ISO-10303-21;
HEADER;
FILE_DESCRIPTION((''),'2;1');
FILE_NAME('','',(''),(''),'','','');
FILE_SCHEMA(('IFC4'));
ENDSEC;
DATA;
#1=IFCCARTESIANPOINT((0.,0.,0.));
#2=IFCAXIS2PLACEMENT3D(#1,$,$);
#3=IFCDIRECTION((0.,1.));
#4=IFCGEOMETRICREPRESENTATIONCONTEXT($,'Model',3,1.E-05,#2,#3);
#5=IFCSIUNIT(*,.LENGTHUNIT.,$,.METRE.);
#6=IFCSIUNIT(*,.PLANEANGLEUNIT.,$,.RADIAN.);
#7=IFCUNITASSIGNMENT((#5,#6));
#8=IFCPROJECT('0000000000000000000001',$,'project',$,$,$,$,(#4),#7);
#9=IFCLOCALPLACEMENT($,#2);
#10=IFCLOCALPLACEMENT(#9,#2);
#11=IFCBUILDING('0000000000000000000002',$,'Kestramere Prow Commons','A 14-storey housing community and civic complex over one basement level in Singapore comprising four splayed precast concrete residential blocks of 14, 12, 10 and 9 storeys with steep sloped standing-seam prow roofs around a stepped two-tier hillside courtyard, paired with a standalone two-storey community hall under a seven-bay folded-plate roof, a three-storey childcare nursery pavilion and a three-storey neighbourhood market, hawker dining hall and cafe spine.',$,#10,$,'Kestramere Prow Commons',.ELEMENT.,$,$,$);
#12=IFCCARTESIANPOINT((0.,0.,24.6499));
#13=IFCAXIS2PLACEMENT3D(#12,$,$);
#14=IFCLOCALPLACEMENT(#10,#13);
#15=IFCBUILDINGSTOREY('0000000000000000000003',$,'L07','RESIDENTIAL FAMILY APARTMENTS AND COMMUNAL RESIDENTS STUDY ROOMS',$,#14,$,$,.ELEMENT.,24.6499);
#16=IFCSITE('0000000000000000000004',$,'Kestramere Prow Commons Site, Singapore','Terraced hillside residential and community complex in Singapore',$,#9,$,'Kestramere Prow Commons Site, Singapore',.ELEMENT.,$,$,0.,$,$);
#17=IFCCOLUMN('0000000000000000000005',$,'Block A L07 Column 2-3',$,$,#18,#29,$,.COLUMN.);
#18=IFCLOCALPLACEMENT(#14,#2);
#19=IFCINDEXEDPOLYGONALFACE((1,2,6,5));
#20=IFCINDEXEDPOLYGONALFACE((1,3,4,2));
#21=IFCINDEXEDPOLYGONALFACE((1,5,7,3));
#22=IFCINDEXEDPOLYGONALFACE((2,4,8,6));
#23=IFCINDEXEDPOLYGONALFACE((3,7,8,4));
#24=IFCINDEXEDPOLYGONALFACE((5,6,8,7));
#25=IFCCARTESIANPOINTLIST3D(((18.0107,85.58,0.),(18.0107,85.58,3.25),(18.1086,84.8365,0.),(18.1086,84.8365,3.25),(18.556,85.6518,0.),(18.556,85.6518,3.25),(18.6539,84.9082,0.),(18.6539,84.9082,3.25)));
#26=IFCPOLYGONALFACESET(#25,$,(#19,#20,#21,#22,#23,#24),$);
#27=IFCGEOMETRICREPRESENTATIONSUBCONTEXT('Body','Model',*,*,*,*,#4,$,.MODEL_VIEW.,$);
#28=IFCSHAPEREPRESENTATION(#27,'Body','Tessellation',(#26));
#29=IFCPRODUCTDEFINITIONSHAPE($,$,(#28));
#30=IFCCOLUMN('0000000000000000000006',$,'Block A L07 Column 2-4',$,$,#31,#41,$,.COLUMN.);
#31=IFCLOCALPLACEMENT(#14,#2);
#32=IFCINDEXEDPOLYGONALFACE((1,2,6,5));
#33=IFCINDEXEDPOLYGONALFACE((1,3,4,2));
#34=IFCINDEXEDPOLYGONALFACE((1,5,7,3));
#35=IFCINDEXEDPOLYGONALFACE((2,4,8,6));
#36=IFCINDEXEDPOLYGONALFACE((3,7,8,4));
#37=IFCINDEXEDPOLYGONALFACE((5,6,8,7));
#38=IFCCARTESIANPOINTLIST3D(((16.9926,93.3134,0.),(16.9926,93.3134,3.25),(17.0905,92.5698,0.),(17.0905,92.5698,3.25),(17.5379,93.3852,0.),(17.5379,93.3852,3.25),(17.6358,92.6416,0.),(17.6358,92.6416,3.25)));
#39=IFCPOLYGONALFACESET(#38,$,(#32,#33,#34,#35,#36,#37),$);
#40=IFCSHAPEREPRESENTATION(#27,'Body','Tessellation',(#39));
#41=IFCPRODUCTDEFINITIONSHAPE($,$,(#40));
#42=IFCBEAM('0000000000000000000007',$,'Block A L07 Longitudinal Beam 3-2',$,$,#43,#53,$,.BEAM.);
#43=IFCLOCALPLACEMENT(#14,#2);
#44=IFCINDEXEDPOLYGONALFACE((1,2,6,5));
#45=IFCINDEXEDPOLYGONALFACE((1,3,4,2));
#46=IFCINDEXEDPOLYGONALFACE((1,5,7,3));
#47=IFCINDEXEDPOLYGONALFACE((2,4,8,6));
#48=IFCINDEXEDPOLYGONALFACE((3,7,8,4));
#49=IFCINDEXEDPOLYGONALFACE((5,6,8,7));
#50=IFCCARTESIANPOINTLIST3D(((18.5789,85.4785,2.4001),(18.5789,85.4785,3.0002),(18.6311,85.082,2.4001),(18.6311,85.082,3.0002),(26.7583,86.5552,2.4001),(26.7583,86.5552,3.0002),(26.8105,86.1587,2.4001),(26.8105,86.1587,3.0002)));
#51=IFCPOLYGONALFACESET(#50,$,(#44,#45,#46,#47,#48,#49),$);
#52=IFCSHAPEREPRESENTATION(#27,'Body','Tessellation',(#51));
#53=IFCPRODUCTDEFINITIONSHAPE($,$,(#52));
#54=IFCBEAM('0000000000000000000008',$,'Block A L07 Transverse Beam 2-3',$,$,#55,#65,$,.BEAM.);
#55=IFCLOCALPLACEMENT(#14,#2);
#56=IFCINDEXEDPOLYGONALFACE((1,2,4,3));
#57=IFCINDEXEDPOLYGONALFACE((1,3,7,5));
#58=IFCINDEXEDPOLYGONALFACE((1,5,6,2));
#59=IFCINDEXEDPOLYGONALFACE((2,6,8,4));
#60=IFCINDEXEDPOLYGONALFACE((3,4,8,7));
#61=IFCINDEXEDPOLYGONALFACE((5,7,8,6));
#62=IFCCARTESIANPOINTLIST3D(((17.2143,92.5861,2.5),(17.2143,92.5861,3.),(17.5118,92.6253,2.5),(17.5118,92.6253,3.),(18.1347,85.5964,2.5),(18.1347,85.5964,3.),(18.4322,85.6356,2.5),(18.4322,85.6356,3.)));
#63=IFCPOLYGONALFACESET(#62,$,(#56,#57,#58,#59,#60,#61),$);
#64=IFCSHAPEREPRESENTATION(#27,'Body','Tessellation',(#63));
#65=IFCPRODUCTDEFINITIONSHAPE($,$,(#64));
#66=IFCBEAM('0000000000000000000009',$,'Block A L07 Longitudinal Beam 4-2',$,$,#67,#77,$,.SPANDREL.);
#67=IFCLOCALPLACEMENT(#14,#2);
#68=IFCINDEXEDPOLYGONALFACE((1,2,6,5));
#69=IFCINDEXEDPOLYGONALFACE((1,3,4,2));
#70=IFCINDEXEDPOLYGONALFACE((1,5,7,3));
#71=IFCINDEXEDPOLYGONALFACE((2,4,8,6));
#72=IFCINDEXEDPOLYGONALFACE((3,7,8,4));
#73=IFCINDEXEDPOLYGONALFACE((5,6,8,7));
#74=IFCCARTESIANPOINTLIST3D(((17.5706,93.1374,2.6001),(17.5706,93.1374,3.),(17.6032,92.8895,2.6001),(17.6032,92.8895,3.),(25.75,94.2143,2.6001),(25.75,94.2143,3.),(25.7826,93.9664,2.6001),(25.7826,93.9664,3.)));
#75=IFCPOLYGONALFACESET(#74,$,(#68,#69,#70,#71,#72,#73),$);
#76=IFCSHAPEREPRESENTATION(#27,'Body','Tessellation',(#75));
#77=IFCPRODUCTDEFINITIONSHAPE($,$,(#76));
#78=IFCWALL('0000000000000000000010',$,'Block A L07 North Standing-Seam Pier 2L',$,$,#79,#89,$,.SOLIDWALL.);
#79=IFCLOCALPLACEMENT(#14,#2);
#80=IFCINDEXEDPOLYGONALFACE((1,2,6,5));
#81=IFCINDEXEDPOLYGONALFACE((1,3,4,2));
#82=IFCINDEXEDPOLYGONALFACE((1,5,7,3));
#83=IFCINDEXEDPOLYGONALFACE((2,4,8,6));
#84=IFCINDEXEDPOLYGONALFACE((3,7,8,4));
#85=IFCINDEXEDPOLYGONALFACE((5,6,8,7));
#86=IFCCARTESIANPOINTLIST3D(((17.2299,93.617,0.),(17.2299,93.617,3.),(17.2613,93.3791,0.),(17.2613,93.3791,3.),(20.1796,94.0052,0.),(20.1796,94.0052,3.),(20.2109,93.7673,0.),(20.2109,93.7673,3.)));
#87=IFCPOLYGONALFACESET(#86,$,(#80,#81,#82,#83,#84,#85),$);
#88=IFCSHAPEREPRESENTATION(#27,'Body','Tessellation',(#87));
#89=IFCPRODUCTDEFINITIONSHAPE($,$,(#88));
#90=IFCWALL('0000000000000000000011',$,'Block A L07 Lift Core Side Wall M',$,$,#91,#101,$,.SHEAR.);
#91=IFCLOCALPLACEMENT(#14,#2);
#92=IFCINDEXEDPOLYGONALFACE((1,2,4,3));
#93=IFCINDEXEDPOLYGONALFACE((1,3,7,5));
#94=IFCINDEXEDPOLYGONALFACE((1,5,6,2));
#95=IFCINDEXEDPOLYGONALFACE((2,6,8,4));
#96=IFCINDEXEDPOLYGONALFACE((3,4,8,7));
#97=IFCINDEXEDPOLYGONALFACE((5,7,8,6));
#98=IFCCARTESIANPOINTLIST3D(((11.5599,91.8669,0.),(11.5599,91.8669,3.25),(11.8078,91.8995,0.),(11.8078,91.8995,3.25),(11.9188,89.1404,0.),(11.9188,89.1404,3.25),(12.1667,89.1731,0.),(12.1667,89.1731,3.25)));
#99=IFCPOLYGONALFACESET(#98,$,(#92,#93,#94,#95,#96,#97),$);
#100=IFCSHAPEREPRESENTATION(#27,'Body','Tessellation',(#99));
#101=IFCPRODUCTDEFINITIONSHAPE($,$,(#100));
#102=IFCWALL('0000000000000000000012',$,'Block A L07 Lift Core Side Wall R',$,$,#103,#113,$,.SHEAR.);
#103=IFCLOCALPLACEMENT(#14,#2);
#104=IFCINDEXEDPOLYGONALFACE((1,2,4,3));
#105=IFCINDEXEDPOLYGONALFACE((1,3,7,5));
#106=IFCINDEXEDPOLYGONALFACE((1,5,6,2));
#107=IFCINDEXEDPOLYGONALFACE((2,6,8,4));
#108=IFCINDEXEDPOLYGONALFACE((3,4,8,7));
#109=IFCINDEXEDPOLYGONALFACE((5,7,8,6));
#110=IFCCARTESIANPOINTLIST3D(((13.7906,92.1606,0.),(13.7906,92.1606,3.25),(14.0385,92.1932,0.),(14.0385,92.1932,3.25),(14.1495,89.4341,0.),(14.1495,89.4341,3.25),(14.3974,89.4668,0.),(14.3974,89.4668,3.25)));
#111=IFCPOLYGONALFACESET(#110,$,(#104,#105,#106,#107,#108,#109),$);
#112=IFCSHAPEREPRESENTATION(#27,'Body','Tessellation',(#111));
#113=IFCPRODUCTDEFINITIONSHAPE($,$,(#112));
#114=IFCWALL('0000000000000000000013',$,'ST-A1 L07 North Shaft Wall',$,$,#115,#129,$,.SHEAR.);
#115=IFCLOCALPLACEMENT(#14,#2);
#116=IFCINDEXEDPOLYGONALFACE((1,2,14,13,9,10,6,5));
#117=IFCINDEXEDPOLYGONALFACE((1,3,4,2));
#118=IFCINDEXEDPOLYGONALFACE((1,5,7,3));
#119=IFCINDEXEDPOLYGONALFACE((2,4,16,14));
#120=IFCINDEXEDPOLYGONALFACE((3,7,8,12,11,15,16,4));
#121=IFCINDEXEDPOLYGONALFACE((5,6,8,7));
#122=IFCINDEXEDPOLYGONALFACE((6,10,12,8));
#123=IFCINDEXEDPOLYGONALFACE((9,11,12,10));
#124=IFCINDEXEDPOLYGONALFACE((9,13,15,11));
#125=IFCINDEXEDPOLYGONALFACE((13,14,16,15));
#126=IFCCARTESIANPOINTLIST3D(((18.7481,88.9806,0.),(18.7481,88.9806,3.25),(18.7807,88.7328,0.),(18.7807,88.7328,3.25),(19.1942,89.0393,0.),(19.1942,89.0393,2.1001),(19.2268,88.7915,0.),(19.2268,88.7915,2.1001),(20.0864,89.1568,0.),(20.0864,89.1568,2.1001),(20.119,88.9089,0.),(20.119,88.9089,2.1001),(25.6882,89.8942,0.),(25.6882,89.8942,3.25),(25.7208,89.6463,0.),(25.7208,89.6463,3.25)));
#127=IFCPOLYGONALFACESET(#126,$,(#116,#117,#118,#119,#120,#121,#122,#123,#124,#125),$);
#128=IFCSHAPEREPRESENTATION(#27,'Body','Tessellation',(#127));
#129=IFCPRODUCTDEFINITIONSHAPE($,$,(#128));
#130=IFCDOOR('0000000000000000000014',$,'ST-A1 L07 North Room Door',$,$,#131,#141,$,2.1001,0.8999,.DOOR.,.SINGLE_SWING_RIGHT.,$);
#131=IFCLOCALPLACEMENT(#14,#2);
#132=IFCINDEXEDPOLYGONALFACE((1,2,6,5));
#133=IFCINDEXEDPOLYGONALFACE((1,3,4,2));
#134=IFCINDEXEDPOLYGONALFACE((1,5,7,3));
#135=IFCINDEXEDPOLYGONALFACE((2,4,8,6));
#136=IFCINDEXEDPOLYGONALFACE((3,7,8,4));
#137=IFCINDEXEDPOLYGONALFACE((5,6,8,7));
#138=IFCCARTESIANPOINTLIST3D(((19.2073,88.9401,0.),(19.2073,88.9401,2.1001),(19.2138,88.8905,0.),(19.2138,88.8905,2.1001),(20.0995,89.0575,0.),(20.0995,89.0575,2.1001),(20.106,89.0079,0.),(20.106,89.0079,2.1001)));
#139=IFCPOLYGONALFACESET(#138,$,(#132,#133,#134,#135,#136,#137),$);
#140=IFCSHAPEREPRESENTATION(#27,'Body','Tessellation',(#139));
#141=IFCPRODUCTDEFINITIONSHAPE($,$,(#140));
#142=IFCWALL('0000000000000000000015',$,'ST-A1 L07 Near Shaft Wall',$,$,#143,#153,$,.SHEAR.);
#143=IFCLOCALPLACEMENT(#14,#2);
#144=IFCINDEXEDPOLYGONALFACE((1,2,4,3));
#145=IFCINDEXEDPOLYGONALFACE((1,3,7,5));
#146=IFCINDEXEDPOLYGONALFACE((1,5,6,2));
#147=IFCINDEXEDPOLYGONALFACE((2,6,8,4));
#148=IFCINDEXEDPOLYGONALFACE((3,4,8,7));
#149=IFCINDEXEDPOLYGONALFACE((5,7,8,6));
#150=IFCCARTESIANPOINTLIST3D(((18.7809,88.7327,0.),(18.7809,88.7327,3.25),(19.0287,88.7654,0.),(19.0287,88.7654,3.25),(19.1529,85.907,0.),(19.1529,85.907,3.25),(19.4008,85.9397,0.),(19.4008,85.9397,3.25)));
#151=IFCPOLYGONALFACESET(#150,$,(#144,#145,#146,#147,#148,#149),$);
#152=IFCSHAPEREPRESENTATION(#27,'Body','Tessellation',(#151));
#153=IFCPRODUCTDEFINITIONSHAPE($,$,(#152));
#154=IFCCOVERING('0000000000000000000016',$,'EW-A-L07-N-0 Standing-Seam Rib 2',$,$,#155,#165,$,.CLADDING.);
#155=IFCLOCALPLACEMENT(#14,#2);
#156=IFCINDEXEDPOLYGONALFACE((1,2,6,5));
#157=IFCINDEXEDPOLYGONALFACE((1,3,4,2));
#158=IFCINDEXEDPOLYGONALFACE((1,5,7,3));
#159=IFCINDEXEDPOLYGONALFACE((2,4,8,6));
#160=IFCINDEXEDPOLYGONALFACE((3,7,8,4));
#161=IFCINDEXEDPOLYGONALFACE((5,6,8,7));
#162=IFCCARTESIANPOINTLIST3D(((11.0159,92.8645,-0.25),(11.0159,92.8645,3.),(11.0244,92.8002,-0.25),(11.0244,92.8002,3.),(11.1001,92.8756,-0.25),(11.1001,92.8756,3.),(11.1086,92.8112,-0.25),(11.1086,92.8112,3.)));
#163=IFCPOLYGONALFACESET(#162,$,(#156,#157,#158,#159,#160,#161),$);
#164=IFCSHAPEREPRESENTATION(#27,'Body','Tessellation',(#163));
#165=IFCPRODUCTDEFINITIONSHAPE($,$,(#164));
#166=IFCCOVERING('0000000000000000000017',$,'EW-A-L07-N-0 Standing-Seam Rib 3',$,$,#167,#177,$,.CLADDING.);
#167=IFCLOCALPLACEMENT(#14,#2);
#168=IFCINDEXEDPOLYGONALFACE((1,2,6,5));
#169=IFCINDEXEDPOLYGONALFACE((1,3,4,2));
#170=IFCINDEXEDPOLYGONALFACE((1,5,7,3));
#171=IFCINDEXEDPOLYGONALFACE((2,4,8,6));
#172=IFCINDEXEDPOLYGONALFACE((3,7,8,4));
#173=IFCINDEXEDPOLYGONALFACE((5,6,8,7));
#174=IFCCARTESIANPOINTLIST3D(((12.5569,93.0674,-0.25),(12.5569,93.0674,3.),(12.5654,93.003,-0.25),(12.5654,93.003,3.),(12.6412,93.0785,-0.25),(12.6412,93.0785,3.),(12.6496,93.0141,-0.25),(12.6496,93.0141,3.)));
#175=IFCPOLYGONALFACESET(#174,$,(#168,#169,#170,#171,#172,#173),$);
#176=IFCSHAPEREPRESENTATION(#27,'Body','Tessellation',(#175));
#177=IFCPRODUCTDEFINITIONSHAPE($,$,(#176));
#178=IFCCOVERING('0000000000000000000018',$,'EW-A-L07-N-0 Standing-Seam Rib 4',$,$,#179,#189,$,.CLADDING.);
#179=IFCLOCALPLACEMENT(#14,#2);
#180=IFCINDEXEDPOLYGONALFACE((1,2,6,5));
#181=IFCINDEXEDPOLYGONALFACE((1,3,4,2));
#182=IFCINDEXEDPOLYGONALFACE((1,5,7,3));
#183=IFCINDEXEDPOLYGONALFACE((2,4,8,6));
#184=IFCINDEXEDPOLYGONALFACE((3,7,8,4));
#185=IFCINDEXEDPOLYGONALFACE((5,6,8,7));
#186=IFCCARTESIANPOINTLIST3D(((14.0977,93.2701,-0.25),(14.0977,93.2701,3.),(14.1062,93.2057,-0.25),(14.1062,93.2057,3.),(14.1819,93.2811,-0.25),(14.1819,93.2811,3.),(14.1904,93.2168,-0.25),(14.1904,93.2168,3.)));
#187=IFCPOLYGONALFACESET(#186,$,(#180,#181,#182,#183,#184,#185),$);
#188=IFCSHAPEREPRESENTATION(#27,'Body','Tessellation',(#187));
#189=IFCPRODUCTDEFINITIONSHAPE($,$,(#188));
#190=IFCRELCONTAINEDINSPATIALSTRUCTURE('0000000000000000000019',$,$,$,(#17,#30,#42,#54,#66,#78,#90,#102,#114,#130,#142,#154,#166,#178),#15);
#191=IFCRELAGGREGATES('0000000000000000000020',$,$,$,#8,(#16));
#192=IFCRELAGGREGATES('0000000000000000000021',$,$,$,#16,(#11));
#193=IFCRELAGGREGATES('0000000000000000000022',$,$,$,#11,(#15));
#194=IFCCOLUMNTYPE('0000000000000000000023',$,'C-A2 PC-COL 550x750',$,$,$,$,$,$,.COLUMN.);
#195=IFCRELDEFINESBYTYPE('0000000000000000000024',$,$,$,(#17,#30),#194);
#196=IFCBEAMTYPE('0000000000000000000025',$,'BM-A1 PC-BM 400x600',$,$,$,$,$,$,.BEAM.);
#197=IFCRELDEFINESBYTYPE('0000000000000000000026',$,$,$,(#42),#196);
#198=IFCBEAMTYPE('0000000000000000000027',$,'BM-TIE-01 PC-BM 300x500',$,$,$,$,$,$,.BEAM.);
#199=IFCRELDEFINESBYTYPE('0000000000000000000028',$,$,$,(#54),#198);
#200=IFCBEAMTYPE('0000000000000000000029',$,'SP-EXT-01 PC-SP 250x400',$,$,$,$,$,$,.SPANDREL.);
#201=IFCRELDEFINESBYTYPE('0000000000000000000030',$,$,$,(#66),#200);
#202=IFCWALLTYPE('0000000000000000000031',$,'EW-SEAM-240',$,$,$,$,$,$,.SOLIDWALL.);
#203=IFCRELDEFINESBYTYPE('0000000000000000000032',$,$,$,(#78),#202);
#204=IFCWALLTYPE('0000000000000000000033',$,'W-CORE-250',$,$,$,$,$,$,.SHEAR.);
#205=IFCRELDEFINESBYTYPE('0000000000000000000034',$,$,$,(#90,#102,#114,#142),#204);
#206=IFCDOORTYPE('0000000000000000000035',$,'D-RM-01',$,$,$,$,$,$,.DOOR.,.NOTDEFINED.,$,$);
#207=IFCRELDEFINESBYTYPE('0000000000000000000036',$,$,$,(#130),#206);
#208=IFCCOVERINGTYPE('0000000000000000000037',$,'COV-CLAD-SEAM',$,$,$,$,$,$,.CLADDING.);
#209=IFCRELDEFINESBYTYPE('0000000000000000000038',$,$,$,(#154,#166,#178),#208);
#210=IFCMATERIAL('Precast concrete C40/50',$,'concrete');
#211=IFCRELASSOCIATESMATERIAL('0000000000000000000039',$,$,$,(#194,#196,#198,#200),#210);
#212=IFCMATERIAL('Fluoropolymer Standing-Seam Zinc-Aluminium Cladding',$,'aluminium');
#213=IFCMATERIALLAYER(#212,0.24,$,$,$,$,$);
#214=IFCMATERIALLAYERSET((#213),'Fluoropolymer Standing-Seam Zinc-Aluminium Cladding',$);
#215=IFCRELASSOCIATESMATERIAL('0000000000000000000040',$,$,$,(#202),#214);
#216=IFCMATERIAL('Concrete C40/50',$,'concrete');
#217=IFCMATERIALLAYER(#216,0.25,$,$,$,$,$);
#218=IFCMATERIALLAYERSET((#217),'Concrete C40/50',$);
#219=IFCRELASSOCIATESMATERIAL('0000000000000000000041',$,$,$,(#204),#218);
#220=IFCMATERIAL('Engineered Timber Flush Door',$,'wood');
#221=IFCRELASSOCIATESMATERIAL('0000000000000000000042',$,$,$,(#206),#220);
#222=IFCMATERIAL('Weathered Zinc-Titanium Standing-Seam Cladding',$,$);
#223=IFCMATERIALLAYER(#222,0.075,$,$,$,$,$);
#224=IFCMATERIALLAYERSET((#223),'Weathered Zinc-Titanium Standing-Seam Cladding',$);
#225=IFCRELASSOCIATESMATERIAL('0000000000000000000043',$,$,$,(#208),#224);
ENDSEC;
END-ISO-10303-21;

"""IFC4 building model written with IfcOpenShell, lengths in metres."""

from ifc_helpers import new_model, si_unit, direction, frame, frame_2d, origin, origin_2d, place, context, subcontext, project, spatial, rectangle, extrude, material, layer, layer_set, material_profile, profile_set, type_object, element, fill, save


model = new_model("IFC4")

# Units and contexts
model_context = context("Model", 3, precision=1e-05, world=origin(), true_north=direction((0.0, 1.0)))
body_context = subcontext(model_context, "Body", "Model", "MODEL_VIEW")
ifc_project = project(units=[si_unit("LENGTHUNIT", "METRE"), si_unit("PLANEANGLEUNIT", "RADIAN")], contexts=[model_context])

# Site, building, storey
site_placement = place(None, origin())
site = spatial("IfcSite", under=ifc_project, at=site_placement, Name="Kestramere Prow Commons Site, Singapore", Description="Terraced hillside residential and community complex in Singapore", LongName="Kestramere Prow Commons Site, Singapore", CompositionType="ELEMENT", RefElevation=0.0)
building_placement = place(site_placement, origin())
building = spatial("IfcBuilding", under=site, at=building_placement, Name="Kestramere Prow Commons", Description="A 14-storey housing community and civic complex over one basement level in Singapore comprising four splayed precast concrete residential blocks of 14, 12, 10 and 9 storeys with steep sloped standing-seam prow roofs around a stepped two-tier hillside courtyard, paired with a standalone two-storey community hall under a seven-bay folded-plate roof, a three-storey childcare nursery pavilion and a three-storey neighbourhood market, hawker dining hall and cafe spine.", LongName="Kestramere Prow Commons", CompositionType="ELEMENT")
storey_placement = place(building_placement, frame((0.0, 0.0, 24.6499)))
storey = spatial("IfcBuildingStorey", under=building, at=storey_placement, Name="L07", Description="RESIDENTIAL FAMILY APARTMENTS AND COMMUNAL RESIDENTS STUDY ROOMS", CompositionType="ELEMENT", Elevation=24.6499)

# Columns
ifc_material_1 = material(Name="Precast concrete C40/50", Category="concrete")
ifc_material_profile_1 = material_profile(ifc_material_1, rectangle(XDim=0.55, YDim=0.75, at=origin_2d()), Name="PC-COL 550x750")
ifc_profile_set_1 = profile_set([ifc_material_profile_1], Name="Precast concrete C40/50")
column_type = type_object("IfcColumnType", Name="C-A2 PC-COL 550x750", PredefinedType="COLUMN", material=ifc_profile_set_1)
for number, where, z_axis, x_axis, name in (
    (1, (18.3323, 85.2441, 0.0), (0.0, 0.0, 1.0), (0.991445, 0.130526, 0.0), "Block A L07 Column 2-3"),
    (2, (17.3142, 92.9775, 0.0), (0.0, 0.0, 1.0), (0.991445, 0.130526, 0.0), "Block A L07 Column 2-4"),
):
    element("IfcColumn", number, at=place(storey_placement, frame(where, z_axis=z_axis, x_axis=x_axis)), inside=storey, type_object=column_type, Name=name, PredefinedType="COLUMN", context=body_context, shape_type="SweptSolid", body=[
        extrude(rectangle(XDim=0.55, YDim=0.75, at=origin_2d()), origin(), (0.0, 0.0, 1.0), 3.25),
    ])

# Beams
ifc_material_profile_2 = material_profile(ifc_material_1, rectangle(XDim=0.3999, YDim=0.6001, at=origin_2d()), Name="PC-BM 400x600")
ifc_profile_set_2 = profile_set([ifc_material_profile_2], Name="Precast concrete C40/50")
beam_type_1 = type_object("IfcBeamType", Name="BM-A1 PC-BM 400x600", PredefinedType="BEAM", material=ifc_profile_set_2)
beam_1_placement = place(storey_placement, frame((18.605, 85.2803, 2.7002), z_axis=(0.991448, 0.130504, 0.0), x_axis=(-0.130504, 0.991448, 0.0)))
element("IfcBeam", 3, at=beam_1_placement, inside=storey, type_object=beam_type_1, Name="Block A L07 Longitudinal Beam 3-2", PredefinedType="BEAM", context=body_context, shape_type="SweptSolid", body=[
    extrude(rectangle(XDim=0.3999, YDim=0.6001, at=origin_2d()), origin(), (0.0, 0.0, 1.0), 8.25),
])
ifc_material_profile_3 = material_profile(ifc_material_1, rectangle(XDim=0.3, YDim=0.5, at=origin_2d()), Name="PC-BM 300x500")
ifc_profile_set_3 = profile_set([ifc_material_profile_3], Name="Precast concrete C40/50")
beam_type_2 = type_object("IfcBeamType", Name="BM-TIE-01 PC-BM 300x500", PredefinedType="BEAM", material=ifc_profile_set_3)
beam_2_placement = place(storey_placement, frame((18.2834, 85.616, 2.75), z_axis=(-0.130553, 0.991441, 0.0), x_axis=(-0.991441, -0.130553, 0.0)))
element("IfcBeam", 4, at=beam_2_placement, inside=storey, type_object=beam_type_2, Name="Block A L07 Transverse Beam 2-3", PredefinedType="BEAM", context=body_context, shape_type="SweptSolid", body=[
    extrude(rectangle(XDim=0.3, YDim=0.5, at=origin_2d()), origin(), (0.0, 0.0, 1.0), 7.05),
])
ifc_material_profile_4 = material_profile(ifc_material_1, rectangle(XDim=0.25, YDim=0.3999, at=origin_2d()), Name="PC-SP 250x400")
ifc_profile_set_4 = profile_set([ifc_material_profile_4], Name="Precast concrete C40/50")
beam_type_3 = type_object("IfcBeamType", Name="SP-EXT-01 PC-SP 250x400", PredefinedType="SPANDREL", material=ifc_profile_set_4)
beam_3_placement = place(storey_placement, frame((17.5869, 93.0134, 2.8), z_axis=(0.991444, 0.130533, 0.0), x_axis=(-0.130533, 0.991444, 0.0)))
element("IfcBeam", 5, at=beam_3_placement, inside=storey, type_object=beam_type_3, Name="Block A L07 Longitudinal Beam 4-2", PredefinedType="SPANDREL", context=body_context, shape_type="SweptSolid", body=[
    extrude(rectangle(XDim=0.25, YDim=0.3999, at=origin_2d()), origin(), (0.0, 0.0, 1.0), 8.25),
])

# Wall
ifc_material_2 = material(Name="Fluoropolymer Standing-Seam Zinc-Aluminium Cladding", Category="aluminium")
ifc_layer_1 = layer(ifc_material_2, 0.24)
ifc_layer_set_1 = layer_set([ifc_layer_1], Name="Fluoropolymer Standing-Seam Zinc-Aluminium Cladding")
wall_type_1 = type_object("IfcWallType", Name="EW-SEAM-240", PredefinedType="SOLIDWALL", material=ifc_layer_set_1)
wall_1_placement = place(storey_placement, frame((17.2456, 93.498, 0.0), z_axis=(0.0, 0.0, 1.0), x_axis=(0.991452, 0.130476, 0.0)))
element("IfcWall", 6, at=wall_1_placement, inside=storey, type_object=wall_type_1, Name="Block A L07 North Standing-Seam Pier 2L", PredefinedType="SOLIDWALL", context=body_context, shape_type="SweptSolid", body=[
    extrude(rectangle(XDim=2.9751, YDim=0.24, at=frame_2d((1.4875, 0.0))), origin(), (0.0, 0.0, 1.0), 3.0),
])

# Shared definitions
ifc_material_3 = material(Name="Concrete C40/50", Category="concrete")
ifc_layer_2 = layer(ifc_material_3, 0.25)
ifc_layer_set_2 = layer_set([ifc_layer_2], Name="Concrete C40/50")
wall_type_2 = type_object("IfcWallType", Name="W-CORE-250", PredefinedType="SHEAR", material=ifc_layer_set_2)

# Walls
for number, where, z_axis, x_axis, name in (
    (7, (12.0427, 89.1567, 0.0), (0.0, 0.0, 1.0), (-0.1305, 0.991448, 0.0), "Block A L07 Lift Core Side Wall M"),
    (8, (14.2734, 89.4504, 0.0), (0.0, 0.0, 1.0), (-0.1305, 0.991448, 0.0), "Block A L07 Lift Core Side Wall R"),
):
    element("IfcWall", number, at=place(storey_placement, frame(where, z_axis=z_axis, x_axis=x_axis)), inside=storey, type_object=wall_type_2, Name=name, PredefinedType="SHEAR", context=body_context, shape_type="SweptSolid", body=[
        extrude(rectangle(XDim=2.75, YDim=0.25, at=frame_2d((1.375, 0.0))), origin(), (0.0, 0.0, 1.0), 3.25),
    ])

# Wall, opening, door
wall_2_placement = place(storey_placement, frame((18.7644, 88.8567, 0.0), z_axis=(0.0, 0.0, 1.0), x_axis=(0.991447, 0.13051, 0.0)))
wall_2 = element("IfcWall", 9, at=wall_2_placement, inside=storey, type_object=wall_type_2, Name="ST-A1 L07 North Shaft Wall", PredefinedType="SHEAR", context=body_context, shape_type="SweptSolid", body=[
    extrude(rectangle(XDim=7.0, YDim=0.25, at=frame_2d((3.5, 0.0))), origin(), (0.0, 0.0, 1.0), 3.25),
])
opening_1_placement = place(wall_2_placement, frame((0.45, 0.0, 0.0)))
opening_1 = element("IfcOpeningElement", 10, at=opening_1_placement, cuts=wall_2, PredefinedType="OPENING", context=body_context, shape_type="SweptSolid", body=[
    extrude(rectangle(XDim=0.8999, YDim=2.1001, at=frame_2d((0.45, 1.05))), frame((0.0, 0.1399, 0.0), z_axis=(0.0, -1.0, 0.0), x_axis=(1.0, 0.0, 0.0)), (0.0, 0.0, 1.0), 0.28),
])
ifc_material_4 = material(Name="Engineered Timber Flush Door", Category="wood")
door_type_1 = type_object("IfcDoorType", Name="D-RM-01", OperationType="NOTDEFINED", PredefinedType="DOOR", material=ifc_material_4)
door_1_placement = place(opening_1_placement, origin())
door_1 = element("IfcDoor", 11, at=door_1_placement, inside=storey, type_object=door_type_1, Name="ST-A1 L07 North Room Door", OperationType="SINGLE_SWING_RIGHT", OverallHeight=2.1001, OverallWidth=0.8999, PredefinedType="DOOR", context=body_context, shape_type="SweptSolid", body=[
    extrude(rectangle(XDim=0.8999, YDim=2.1001, at=frame_2d((0.45, 1.05))), frame((0.0, 0.0249, 0.0), z_axis=(0.0, -1.0, 0.0), x_axis=(1.0, 0.0, 0.0)), (0.0, 0.0, 1.0), 0.05),
])
fill(opening_1, door_1)

# Wall
wall_3_placement = place(storey_placement, frame((19.2769, 85.9233, 0.0), z_axis=(0.0, 0.0, 1.0), x_axis=(-0.130548, 0.991442, 0.0)))
element("IfcWall", 12, at=wall_3_placement, inside=storey, type_object=wall_type_2, Name="ST-A1 L07 Near Shaft Wall", PredefinedType="SHEAR", context=body_context, shape_type="SweptSolid", body=[
    extrude(rectangle(XDim=2.8501, YDim=0.25, at=frame_2d((1.425, 0.0))), origin(), (0.0, 0.0, 1.0), 3.25),
])

# Coverings
ifc_material_5 = material(Name="Weathered Zinc-Titanium Standing-Seam Cladding")
ifc_layer_3 = layer(ifc_material_5, 0.075)
ifc_layer_set_3 = layer_set([ifc_layer_3], Name="Weathered Zinc-Titanium Standing-Seam Cladding")
covering_type = type_object("IfcCoveringType", Name="COV-CLAD-SEAM", PredefinedType="CLADDING", material=ifc_layer_set_3)
for number, where, z_axis, x_axis, name in (
    (13, (11.0623, 92.8379, -0.25), (0.0, 0.0, 1.0), (0.991445, 0.130526, 0.0), "EW-A-L07-N-0 Standing-Seam Rib 2"),
    (14, (12.6033, 93.0408, -0.25), (0.0, 0.0, 1.0), (0.991445, 0.130526, 0.0), "EW-A-L07-N-0 Standing-Seam Rib 3"),
    (15, (14.144, 93.2434, -0.25), (0.0, 0.0, 1.0), (0.991445, 0.130526, 0.0), "EW-A-L07-N-0 Standing-Seam Rib 4"),
):
    element("IfcCovering", number, at=place(storey_placement, frame(where, z_axis=z_axis, x_axis=x_axis)), inside=storey, type_object=covering_type, Name=name, PredefinedType="CLADDING", context=body_context, shape_type="SweptSolid", body=[
        extrude(rectangle(XDim=0.085, YDim=0.0649, at=origin_2d()), origin(), (0.0, 0.0, 1.0), 3.25),
    ])

save(model, "model.ifc")
